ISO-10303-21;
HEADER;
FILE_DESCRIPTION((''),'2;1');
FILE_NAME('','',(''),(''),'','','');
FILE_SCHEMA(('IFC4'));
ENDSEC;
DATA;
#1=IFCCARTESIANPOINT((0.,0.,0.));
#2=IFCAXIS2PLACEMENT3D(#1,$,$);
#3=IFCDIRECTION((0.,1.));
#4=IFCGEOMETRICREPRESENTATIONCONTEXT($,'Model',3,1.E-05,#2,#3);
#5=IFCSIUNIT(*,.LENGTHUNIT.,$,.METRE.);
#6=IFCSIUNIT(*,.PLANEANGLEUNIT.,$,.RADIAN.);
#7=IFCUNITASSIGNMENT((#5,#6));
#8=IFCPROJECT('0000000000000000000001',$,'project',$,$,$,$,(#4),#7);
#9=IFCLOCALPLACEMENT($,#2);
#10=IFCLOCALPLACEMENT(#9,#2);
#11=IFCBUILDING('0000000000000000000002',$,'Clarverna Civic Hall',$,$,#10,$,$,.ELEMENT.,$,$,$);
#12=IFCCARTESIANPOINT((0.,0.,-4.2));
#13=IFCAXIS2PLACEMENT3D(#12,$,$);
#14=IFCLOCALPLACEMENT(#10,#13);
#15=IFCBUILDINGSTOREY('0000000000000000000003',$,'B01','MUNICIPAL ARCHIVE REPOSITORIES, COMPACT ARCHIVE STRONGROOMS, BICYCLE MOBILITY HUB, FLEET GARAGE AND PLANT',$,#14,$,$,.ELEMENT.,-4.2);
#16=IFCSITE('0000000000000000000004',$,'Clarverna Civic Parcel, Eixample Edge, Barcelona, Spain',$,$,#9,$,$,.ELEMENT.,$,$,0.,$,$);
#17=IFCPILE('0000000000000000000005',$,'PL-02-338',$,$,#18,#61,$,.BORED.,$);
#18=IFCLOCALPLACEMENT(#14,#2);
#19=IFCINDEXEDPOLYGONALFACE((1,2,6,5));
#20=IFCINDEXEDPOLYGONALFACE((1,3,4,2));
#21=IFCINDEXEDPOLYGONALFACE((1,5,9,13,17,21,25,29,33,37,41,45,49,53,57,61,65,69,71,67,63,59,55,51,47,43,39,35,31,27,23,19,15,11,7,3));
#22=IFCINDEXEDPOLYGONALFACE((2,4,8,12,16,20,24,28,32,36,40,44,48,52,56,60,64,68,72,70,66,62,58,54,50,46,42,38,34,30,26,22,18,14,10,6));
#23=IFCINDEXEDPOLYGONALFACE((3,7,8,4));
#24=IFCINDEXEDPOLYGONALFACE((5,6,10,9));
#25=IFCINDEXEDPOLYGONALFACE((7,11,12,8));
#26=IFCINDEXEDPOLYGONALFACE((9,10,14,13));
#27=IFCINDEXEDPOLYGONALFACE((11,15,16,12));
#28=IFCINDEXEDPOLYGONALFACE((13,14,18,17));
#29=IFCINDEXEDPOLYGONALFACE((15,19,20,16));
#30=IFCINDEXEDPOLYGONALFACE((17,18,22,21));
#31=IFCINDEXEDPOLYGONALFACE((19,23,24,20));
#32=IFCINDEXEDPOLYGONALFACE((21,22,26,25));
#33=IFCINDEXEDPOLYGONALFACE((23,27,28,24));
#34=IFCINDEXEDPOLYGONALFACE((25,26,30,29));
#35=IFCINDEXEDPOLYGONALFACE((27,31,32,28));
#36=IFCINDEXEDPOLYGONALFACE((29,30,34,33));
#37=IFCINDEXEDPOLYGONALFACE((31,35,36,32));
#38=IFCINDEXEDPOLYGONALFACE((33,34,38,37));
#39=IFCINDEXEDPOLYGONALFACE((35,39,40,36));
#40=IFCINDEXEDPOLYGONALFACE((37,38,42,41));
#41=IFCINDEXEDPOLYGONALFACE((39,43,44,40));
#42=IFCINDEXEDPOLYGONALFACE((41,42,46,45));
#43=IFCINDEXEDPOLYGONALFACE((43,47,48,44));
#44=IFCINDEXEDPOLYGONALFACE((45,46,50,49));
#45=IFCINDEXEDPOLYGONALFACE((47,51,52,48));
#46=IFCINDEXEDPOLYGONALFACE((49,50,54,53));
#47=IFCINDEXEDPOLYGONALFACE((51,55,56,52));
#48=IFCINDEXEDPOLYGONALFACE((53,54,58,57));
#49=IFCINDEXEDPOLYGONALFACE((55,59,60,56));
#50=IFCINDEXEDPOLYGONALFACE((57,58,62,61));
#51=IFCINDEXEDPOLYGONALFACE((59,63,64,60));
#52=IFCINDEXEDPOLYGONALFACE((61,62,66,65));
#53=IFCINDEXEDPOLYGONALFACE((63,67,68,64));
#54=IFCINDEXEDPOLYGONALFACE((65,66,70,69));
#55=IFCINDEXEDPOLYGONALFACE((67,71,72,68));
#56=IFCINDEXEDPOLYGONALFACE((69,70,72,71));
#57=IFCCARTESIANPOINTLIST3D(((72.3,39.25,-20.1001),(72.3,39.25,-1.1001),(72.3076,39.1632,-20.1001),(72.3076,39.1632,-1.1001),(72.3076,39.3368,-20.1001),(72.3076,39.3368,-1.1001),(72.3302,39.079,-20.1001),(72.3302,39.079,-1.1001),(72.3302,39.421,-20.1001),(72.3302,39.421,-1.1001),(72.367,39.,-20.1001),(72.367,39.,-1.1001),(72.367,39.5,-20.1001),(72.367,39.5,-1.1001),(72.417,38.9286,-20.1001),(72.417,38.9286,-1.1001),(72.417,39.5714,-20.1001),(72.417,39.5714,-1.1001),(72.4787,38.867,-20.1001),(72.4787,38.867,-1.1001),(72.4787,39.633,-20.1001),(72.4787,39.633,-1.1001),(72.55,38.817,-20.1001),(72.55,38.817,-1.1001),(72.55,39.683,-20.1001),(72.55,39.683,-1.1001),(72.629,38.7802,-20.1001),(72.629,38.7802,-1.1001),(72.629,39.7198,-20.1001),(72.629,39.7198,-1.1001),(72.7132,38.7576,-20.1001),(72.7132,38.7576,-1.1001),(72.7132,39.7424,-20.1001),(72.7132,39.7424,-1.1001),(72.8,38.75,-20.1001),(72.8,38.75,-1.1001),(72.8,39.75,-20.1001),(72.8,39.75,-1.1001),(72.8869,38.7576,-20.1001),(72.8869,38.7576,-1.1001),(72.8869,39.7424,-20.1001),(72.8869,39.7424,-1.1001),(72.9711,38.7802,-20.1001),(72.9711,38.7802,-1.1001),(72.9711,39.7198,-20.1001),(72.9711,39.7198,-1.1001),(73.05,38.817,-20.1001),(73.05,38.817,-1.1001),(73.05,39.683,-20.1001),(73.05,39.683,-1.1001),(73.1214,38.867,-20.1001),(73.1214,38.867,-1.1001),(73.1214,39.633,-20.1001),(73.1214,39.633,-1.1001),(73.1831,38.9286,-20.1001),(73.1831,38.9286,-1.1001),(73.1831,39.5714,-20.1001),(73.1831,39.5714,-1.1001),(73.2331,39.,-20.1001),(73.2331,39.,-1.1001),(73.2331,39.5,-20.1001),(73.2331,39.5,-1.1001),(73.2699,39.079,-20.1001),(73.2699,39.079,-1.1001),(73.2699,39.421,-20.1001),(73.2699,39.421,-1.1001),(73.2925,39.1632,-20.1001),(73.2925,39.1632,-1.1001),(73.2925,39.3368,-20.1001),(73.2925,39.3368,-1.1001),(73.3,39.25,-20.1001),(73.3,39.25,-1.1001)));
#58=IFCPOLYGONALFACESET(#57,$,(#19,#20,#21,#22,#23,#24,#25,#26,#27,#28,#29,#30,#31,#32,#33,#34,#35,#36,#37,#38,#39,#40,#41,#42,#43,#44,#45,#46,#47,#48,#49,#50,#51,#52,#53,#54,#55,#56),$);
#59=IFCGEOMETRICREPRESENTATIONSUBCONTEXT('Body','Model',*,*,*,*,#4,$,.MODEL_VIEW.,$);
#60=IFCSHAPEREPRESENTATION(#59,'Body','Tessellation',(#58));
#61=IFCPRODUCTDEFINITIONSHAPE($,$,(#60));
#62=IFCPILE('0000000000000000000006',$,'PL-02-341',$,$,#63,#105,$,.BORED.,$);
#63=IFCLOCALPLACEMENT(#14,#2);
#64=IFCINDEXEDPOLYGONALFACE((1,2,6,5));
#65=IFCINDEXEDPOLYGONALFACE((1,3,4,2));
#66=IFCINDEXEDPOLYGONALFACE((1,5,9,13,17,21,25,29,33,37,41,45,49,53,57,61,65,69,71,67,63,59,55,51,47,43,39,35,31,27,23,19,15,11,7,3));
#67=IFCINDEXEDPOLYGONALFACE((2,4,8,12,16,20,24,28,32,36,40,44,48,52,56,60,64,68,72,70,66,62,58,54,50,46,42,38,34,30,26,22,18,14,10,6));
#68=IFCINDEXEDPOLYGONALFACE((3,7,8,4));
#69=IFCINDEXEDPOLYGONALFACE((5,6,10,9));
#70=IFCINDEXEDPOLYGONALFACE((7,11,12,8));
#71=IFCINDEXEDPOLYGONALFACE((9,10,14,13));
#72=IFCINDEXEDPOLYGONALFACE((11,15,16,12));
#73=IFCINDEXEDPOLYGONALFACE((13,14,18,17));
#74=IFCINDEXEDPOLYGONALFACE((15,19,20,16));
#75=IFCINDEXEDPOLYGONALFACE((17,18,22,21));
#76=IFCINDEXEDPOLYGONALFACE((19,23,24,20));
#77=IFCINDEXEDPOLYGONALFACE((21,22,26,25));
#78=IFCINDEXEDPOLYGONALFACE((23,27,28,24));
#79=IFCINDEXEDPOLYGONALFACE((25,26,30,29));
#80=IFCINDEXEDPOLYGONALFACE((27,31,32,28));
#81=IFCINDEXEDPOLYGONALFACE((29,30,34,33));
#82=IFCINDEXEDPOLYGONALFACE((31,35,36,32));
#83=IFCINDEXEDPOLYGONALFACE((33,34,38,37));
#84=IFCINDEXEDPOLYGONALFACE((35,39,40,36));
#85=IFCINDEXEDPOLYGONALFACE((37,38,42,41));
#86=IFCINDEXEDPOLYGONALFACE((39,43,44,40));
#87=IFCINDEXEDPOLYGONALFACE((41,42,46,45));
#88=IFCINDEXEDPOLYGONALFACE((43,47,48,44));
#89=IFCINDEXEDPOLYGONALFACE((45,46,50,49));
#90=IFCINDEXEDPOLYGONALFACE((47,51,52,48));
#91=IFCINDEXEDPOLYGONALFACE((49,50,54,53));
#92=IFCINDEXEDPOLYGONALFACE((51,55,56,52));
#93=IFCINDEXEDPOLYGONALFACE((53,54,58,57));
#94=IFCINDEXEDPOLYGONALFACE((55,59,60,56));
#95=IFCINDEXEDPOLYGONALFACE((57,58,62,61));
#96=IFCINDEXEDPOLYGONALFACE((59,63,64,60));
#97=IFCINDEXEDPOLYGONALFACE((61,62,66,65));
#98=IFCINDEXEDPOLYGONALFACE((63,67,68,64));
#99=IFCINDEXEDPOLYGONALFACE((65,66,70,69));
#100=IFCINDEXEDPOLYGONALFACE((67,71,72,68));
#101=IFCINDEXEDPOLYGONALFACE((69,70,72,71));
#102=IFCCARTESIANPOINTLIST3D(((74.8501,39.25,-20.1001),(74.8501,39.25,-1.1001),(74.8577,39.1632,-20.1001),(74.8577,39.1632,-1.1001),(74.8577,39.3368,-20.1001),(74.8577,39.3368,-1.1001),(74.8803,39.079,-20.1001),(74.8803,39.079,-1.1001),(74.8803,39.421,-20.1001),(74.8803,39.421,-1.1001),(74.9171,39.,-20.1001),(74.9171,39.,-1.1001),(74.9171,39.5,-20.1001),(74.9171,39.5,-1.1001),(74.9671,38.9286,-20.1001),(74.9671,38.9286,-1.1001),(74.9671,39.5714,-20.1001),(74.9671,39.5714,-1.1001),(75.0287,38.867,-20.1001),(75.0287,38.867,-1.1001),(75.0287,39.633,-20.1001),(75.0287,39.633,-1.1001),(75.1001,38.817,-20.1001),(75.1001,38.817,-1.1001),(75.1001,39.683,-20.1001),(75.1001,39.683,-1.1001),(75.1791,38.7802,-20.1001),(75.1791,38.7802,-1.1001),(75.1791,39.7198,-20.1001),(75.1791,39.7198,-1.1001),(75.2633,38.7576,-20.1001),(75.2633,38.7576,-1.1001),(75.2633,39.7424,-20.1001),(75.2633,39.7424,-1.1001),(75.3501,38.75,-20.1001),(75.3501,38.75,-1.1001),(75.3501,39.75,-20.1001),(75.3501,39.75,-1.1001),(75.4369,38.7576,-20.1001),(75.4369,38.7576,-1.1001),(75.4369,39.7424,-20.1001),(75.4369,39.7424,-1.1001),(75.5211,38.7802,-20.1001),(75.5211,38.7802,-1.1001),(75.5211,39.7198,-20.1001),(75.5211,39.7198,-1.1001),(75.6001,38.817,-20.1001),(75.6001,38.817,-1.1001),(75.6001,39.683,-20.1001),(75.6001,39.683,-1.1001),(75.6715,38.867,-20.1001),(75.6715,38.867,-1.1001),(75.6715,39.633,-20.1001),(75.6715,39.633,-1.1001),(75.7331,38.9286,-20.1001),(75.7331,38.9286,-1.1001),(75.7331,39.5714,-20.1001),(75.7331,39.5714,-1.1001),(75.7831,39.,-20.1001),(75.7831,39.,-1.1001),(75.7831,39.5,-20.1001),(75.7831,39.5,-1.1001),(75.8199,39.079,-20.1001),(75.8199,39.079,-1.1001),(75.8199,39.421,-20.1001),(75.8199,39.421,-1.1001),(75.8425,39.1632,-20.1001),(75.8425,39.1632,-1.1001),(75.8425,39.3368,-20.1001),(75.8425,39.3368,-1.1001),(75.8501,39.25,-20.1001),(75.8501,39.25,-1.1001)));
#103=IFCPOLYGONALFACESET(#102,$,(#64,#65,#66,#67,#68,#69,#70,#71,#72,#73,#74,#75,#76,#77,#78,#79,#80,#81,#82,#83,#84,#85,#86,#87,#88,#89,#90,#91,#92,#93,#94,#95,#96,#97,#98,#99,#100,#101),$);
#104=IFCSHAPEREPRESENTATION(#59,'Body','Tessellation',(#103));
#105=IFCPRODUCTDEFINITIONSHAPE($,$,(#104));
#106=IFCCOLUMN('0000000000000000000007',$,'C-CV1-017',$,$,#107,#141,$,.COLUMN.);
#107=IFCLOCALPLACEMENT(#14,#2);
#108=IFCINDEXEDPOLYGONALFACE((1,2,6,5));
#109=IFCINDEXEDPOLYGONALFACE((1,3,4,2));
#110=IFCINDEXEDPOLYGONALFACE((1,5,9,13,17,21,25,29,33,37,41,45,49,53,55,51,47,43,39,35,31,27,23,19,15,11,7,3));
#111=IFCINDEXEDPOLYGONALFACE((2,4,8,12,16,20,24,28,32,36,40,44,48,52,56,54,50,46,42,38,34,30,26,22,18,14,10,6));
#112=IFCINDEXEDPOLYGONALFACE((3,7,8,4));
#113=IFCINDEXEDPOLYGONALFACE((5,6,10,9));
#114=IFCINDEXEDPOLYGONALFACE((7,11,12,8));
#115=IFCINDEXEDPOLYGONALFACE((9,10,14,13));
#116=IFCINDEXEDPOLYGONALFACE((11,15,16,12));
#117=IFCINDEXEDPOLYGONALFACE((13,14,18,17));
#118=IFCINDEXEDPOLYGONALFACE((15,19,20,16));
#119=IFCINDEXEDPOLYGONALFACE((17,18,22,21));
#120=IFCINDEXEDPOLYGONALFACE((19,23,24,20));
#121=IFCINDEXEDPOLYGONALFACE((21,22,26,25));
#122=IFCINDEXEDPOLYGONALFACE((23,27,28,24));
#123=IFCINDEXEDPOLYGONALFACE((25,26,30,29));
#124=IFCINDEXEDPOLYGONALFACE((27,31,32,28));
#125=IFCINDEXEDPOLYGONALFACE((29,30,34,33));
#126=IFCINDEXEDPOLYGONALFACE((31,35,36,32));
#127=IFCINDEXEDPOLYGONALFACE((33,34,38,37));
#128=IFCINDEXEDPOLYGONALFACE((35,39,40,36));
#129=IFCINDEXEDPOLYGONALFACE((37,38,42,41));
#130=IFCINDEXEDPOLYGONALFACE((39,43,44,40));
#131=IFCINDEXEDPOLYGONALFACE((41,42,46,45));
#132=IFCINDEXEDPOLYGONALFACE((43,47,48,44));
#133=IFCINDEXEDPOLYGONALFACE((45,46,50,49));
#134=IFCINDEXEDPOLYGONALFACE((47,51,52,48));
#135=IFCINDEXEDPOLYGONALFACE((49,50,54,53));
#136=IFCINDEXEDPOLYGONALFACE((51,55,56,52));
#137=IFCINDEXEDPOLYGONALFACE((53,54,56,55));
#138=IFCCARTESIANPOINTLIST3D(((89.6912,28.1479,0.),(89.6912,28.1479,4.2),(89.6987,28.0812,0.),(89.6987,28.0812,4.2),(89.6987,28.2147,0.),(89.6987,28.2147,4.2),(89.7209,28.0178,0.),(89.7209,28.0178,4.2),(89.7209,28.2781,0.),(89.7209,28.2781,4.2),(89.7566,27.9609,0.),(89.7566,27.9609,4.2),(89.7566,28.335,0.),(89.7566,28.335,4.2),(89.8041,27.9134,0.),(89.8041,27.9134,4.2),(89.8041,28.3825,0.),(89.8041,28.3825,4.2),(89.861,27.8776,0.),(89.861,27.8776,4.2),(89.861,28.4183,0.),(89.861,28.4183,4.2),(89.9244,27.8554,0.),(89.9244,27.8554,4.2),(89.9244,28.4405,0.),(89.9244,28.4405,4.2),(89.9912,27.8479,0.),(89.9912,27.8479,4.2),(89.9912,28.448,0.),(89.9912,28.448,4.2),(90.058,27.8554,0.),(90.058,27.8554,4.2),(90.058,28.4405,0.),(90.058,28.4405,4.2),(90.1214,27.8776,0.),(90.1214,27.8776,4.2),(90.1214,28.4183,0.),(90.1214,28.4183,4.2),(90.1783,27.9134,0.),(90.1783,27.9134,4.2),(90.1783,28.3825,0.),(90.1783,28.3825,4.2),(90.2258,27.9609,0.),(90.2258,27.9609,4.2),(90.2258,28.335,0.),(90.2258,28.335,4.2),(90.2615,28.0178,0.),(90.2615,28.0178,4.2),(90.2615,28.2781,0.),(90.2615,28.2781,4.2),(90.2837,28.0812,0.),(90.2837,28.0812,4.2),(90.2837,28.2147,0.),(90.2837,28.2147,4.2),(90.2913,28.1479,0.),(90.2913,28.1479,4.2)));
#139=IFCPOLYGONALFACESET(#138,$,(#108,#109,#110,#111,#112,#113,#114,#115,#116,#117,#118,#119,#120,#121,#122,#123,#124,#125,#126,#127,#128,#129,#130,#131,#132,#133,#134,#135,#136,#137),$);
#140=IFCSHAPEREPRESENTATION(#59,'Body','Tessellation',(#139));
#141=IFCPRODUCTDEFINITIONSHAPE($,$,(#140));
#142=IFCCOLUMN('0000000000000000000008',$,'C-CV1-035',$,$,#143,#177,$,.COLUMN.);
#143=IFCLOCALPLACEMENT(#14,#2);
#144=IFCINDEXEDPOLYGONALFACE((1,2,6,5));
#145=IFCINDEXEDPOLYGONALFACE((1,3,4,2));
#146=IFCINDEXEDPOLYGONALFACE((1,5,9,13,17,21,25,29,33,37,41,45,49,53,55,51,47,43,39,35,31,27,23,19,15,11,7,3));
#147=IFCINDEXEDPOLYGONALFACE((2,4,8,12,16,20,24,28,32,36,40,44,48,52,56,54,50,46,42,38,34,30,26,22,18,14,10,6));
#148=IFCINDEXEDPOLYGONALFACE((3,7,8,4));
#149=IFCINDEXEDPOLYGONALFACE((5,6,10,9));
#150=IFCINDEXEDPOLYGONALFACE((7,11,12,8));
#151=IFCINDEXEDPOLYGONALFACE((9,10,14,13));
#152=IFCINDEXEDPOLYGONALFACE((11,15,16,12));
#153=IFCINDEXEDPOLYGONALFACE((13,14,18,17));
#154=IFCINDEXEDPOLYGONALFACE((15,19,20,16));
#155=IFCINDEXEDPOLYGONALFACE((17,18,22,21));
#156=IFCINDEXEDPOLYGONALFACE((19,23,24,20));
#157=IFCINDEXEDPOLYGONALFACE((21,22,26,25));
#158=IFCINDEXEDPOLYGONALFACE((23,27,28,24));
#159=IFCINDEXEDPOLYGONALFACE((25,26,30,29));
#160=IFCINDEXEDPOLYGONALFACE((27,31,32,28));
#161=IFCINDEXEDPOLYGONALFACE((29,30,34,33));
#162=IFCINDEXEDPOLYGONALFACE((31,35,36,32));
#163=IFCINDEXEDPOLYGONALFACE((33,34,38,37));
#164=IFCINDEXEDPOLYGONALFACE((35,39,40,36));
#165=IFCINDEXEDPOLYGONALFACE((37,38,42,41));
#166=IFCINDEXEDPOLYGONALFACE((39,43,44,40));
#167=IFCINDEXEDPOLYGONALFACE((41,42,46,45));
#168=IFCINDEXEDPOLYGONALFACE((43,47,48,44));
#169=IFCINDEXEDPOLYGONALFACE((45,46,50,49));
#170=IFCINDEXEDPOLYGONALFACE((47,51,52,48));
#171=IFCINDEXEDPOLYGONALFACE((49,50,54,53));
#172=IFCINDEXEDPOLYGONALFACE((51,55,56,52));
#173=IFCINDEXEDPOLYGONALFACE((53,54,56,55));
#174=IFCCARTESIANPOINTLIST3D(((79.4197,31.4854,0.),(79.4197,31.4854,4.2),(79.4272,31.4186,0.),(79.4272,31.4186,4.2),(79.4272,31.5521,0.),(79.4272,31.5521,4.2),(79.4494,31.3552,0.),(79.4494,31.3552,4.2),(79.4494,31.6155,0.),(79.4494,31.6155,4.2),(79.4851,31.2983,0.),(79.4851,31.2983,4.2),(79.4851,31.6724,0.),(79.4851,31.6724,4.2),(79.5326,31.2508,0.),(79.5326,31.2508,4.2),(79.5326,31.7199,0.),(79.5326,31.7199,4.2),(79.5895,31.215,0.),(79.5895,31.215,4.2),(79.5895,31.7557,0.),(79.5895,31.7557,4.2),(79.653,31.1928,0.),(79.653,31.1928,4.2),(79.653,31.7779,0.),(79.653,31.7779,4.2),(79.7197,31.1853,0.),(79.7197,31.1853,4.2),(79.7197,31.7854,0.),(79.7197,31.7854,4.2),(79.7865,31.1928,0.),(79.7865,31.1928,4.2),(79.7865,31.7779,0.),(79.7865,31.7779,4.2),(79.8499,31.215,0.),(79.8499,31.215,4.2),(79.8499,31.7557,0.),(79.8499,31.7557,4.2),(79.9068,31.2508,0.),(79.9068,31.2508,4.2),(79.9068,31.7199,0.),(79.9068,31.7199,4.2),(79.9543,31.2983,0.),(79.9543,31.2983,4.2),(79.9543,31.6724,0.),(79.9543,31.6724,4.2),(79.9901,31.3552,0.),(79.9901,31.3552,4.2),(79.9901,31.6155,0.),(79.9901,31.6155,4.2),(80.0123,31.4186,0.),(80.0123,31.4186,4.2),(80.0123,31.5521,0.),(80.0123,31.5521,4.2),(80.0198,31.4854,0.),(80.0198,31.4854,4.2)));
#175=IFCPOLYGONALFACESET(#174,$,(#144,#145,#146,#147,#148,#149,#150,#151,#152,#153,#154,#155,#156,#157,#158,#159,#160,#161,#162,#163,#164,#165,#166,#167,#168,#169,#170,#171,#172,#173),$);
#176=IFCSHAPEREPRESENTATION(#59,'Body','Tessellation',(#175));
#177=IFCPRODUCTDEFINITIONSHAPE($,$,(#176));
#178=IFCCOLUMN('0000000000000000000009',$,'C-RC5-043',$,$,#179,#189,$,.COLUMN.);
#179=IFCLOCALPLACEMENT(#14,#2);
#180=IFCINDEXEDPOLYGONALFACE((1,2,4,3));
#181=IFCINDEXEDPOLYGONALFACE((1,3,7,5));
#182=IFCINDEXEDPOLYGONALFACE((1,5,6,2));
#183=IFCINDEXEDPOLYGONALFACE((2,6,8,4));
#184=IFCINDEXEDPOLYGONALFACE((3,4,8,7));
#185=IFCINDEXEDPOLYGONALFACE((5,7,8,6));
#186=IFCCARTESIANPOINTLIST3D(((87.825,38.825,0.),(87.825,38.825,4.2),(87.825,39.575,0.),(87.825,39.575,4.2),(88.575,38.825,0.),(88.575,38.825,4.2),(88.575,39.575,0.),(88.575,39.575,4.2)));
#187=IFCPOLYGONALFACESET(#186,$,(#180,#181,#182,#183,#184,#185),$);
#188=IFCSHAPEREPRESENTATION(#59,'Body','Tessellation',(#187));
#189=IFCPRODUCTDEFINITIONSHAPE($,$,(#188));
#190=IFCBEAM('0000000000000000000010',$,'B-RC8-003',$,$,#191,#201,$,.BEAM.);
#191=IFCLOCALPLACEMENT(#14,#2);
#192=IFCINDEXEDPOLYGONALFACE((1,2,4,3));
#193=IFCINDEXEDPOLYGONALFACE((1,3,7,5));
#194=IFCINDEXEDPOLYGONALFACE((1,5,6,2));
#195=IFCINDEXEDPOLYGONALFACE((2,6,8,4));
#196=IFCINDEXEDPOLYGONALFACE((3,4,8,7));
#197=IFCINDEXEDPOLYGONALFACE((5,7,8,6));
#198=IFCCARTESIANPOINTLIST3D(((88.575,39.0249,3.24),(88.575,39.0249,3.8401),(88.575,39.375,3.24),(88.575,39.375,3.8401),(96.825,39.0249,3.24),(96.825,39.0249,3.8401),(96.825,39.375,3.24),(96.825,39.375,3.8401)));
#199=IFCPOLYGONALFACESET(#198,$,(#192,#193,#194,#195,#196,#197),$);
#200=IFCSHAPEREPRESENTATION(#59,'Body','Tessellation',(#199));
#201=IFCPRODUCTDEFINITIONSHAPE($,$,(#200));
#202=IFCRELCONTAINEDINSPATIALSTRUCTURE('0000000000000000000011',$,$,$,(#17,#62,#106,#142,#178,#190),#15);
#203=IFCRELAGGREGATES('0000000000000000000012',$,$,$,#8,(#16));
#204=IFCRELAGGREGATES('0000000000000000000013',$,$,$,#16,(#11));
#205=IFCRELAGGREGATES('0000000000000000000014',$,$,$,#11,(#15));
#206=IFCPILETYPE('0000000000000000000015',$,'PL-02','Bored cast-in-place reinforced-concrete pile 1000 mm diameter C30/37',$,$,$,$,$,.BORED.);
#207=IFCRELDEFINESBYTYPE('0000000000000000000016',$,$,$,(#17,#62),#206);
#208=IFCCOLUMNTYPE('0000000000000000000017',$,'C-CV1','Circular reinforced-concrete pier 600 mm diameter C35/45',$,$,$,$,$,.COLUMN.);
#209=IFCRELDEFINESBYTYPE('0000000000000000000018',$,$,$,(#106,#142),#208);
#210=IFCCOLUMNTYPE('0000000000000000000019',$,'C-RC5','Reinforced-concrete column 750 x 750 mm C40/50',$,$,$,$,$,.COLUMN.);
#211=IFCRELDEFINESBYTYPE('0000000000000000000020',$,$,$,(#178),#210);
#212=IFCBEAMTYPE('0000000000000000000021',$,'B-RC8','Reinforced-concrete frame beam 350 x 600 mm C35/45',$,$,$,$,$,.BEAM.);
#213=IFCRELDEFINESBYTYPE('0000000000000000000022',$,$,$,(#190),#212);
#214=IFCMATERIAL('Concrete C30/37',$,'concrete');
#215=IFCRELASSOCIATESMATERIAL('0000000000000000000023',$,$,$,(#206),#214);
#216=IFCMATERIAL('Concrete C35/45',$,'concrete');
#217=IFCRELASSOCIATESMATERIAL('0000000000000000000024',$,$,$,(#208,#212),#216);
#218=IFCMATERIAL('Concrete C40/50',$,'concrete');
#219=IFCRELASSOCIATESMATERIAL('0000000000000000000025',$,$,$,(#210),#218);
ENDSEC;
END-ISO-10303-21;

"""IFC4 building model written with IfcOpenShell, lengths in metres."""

from ifc_helpers import new_model, si_unit, direction, frame, origin, origin_2d, place, context, subcontext, project, spatial, rectangle, circle, extrude, material, material_profile, profile_set, type_object, element, save


model = new_model("IFC4")

# Units and contexts
model_context = context("Model", 3, precision=1e-05, world=origin(), true_north=direction((0.0, 1.0)))
body_context = subcontext(model_context, "Body", "Model", "MODEL_VIEW")
ifc_project = project(units=[si_unit("LENGTHUNIT", "METRE"), si_unit("PLANEANGLEUNIT", "RADIAN")], contexts=[model_context])

# Site, building, storey
site_placement = place(None, origin())
site = spatial("IfcSite", under=ifc_project, at=site_placement, Name="Clarverna Civic Parcel, Eixample Edge, Barcelona, Spain", CompositionType="ELEMENT", RefElevation=0.0)
building_placement = place(site_placement, origin())
building = spatial("IfcBuilding", under=site, at=building_placement, Name="Clarverna Civic Hall", CompositionType="ELEMENT")
storey_placement = place(building_placement, frame((0.0, 0.0, -4.2)))
storey = spatial("IfcBuildingStorey", under=building, at=storey_placement, Name="B01", Description="MUNICIPAL ARCHIVE REPOSITORIES, COMPACT ARCHIVE STRONGROOMS, BICYCLE MOBILITY HUB, FLEET GARAGE AND PLANT", CompositionType="ELEMENT", Elevation=-4.2)

# Shared definitions
ifc_material_1 = material(Name="Concrete C30/37", Category="concrete")

# Piles
ifc_material_profile_1 = material_profile(ifc_material_1, circle(Radius=0.5, at=origin_2d()), Name="BORED PILE D1000")
ifc_profile_set_1 = profile_set([ifc_material_profile_1], Name="Concrete C30/37")
pile_type_1 = type_object("IfcPileType", Name="PL-02", Description="Bored cast-in-place reinforced-concrete pile 1000 mm diameter C30/37", PredefinedType="BORED", material=ifc_profile_set_1)
for number, where, z_axis, x_axis, name in (
    (1, (72.8, 39.25, -1.1001), (0.0, 0.0, -1.0), (1.0, 0.0, 0.0), "PL-02-338"),
    (2, (75.3501, 39.25, -1.1001), (0.0, 0.0, -1.0), (1.0, 0.0, 0.0), "PL-02-341"),
):
    element("IfcPile", number, at=place(storey_placement, frame(where, z_axis=z_axis, x_axis=x_axis)), inside=storey, type_object=pile_type_1, Name=name, PredefinedType="BORED", context=body_context, shape_type="SweptSolid", body=[
        extrude(circle(Radius=0.5, at=origin_2d()), origin(), (0.0, 0.0, 1.0), 19.0),
    ])

# Columns
ifc_material_2 = material(Name="Concrete C35/45", Category="concrete")
ifc_material_profile_2 = material_profile(ifc_material_2, circle(Radius=0.3, at=origin_2d()), Name="RC D600")
ifc_profile_set_2 = profile_set([ifc_material_profile_2], Name="Concrete C35/45")
column_type_1 = type_object("IfcColumnType", Name="C-CV1", Description="Circular reinforced-concrete pier 600 mm diameter C35/45", PredefinedType="COLUMN", material=ifc_profile_set_2)
for number, where, z_axis, x_axis, name in (
    (3, (89.9912, 28.1479, 0.0), (0.0, 0.0, 1.0), (1.0, 0.0, 0.0), "C-CV1-017"),
    (4, (79.7197, 31.4854, 0.0), (0.0, 0.0, 1.0), (1.0, 0.0, 0.0), "C-CV1-035"),
):
    element("IfcColumn", number, at=place(storey_placement, frame(where, z_axis=z_axis, x_axis=x_axis)), inside=storey, type_object=column_type_1, Name=name, PredefinedType="COLUMN", context=body_context, shape_type="SweptSolid", body=[
        extrude(circle(Radius=0.3, at=origin_2d()), origin(), (0.0, 0.0, 1.0), 4.2),
    ])
ifc_material_3 = material(Name="Concrete C40/50", Category="concrete")
ifc_material_profile_3 = material_profile(ifc_material_3, rectangle(XDim=0.75, YDim=0.75, at=origin_2d()), Name="RC 750x750")
ifc_profile_set_3 = profile_set([ifc_material_profile_3], Name="Concrete C40/50")
column_type_2 = type_object("IfcColumnType", Name="C-RC5", Description="Reinforced-concrete column 750 x 750 mm C40/50", PredefinedType="COLUMN", material=ifc_profile_set_3)
column_placement = place(storey_placement, frame((88.2, 39.2, 0.0), z_axis=(0.0, 0.0, 1.0), x_axis=(1.0, 0.0, 0.0)))
element("IfcColumn", 5, at=column_placement, inside=storey, type_object=column_type_2, Name="C-RC5-043", PredefinedType="COLUMN", context=body_context, shape_type="SweptSolid", body=[
    extrude(rectangle(XDim=0.75, YDim=0.75, at=origin_2d()), origin(), (0.0, 0.0, 1.0), 4.2),
])

# Beam
ifc_material_profile_4 = material_profile(ifc_material_2, rectangle(XDim=0.3501, YDim=0.6001, at=origin_2d()), Name="RC 350x600")
ifc_profile_set_4 = profile_set([ifc_material_profile_4], Name="Concrete C35/45")
beam_type_1 = type_object("IfcBeamType", Name="B-RC8", Description="Reinforced-concrete frame beam 350 x 600 mm C35/45", PredefinedType="BEAM", material=ifc_profile_set_4)
beam_1_placement = place(storey_placement, frame((88.575, 39.2, 3.54), z_axis=(1.0, 0.0, 0.0), x_axis=(0.0, 1.0, 0.0)))
element("IfcBeam", 6, at=beam_1_placement, inside=storey, type_object=beam_type_1, Name="B-RC8-003", PredefinedType="BEAM", context=body_context, shape_type="SweptSolid", body=[
    extrude(rectangle(XDim=0.3501, YDim=0.6001, at=origin_2d()), origin(), (0.0, 0.0, 1.0), 8.25),
])

save(model, "model.ifc")
